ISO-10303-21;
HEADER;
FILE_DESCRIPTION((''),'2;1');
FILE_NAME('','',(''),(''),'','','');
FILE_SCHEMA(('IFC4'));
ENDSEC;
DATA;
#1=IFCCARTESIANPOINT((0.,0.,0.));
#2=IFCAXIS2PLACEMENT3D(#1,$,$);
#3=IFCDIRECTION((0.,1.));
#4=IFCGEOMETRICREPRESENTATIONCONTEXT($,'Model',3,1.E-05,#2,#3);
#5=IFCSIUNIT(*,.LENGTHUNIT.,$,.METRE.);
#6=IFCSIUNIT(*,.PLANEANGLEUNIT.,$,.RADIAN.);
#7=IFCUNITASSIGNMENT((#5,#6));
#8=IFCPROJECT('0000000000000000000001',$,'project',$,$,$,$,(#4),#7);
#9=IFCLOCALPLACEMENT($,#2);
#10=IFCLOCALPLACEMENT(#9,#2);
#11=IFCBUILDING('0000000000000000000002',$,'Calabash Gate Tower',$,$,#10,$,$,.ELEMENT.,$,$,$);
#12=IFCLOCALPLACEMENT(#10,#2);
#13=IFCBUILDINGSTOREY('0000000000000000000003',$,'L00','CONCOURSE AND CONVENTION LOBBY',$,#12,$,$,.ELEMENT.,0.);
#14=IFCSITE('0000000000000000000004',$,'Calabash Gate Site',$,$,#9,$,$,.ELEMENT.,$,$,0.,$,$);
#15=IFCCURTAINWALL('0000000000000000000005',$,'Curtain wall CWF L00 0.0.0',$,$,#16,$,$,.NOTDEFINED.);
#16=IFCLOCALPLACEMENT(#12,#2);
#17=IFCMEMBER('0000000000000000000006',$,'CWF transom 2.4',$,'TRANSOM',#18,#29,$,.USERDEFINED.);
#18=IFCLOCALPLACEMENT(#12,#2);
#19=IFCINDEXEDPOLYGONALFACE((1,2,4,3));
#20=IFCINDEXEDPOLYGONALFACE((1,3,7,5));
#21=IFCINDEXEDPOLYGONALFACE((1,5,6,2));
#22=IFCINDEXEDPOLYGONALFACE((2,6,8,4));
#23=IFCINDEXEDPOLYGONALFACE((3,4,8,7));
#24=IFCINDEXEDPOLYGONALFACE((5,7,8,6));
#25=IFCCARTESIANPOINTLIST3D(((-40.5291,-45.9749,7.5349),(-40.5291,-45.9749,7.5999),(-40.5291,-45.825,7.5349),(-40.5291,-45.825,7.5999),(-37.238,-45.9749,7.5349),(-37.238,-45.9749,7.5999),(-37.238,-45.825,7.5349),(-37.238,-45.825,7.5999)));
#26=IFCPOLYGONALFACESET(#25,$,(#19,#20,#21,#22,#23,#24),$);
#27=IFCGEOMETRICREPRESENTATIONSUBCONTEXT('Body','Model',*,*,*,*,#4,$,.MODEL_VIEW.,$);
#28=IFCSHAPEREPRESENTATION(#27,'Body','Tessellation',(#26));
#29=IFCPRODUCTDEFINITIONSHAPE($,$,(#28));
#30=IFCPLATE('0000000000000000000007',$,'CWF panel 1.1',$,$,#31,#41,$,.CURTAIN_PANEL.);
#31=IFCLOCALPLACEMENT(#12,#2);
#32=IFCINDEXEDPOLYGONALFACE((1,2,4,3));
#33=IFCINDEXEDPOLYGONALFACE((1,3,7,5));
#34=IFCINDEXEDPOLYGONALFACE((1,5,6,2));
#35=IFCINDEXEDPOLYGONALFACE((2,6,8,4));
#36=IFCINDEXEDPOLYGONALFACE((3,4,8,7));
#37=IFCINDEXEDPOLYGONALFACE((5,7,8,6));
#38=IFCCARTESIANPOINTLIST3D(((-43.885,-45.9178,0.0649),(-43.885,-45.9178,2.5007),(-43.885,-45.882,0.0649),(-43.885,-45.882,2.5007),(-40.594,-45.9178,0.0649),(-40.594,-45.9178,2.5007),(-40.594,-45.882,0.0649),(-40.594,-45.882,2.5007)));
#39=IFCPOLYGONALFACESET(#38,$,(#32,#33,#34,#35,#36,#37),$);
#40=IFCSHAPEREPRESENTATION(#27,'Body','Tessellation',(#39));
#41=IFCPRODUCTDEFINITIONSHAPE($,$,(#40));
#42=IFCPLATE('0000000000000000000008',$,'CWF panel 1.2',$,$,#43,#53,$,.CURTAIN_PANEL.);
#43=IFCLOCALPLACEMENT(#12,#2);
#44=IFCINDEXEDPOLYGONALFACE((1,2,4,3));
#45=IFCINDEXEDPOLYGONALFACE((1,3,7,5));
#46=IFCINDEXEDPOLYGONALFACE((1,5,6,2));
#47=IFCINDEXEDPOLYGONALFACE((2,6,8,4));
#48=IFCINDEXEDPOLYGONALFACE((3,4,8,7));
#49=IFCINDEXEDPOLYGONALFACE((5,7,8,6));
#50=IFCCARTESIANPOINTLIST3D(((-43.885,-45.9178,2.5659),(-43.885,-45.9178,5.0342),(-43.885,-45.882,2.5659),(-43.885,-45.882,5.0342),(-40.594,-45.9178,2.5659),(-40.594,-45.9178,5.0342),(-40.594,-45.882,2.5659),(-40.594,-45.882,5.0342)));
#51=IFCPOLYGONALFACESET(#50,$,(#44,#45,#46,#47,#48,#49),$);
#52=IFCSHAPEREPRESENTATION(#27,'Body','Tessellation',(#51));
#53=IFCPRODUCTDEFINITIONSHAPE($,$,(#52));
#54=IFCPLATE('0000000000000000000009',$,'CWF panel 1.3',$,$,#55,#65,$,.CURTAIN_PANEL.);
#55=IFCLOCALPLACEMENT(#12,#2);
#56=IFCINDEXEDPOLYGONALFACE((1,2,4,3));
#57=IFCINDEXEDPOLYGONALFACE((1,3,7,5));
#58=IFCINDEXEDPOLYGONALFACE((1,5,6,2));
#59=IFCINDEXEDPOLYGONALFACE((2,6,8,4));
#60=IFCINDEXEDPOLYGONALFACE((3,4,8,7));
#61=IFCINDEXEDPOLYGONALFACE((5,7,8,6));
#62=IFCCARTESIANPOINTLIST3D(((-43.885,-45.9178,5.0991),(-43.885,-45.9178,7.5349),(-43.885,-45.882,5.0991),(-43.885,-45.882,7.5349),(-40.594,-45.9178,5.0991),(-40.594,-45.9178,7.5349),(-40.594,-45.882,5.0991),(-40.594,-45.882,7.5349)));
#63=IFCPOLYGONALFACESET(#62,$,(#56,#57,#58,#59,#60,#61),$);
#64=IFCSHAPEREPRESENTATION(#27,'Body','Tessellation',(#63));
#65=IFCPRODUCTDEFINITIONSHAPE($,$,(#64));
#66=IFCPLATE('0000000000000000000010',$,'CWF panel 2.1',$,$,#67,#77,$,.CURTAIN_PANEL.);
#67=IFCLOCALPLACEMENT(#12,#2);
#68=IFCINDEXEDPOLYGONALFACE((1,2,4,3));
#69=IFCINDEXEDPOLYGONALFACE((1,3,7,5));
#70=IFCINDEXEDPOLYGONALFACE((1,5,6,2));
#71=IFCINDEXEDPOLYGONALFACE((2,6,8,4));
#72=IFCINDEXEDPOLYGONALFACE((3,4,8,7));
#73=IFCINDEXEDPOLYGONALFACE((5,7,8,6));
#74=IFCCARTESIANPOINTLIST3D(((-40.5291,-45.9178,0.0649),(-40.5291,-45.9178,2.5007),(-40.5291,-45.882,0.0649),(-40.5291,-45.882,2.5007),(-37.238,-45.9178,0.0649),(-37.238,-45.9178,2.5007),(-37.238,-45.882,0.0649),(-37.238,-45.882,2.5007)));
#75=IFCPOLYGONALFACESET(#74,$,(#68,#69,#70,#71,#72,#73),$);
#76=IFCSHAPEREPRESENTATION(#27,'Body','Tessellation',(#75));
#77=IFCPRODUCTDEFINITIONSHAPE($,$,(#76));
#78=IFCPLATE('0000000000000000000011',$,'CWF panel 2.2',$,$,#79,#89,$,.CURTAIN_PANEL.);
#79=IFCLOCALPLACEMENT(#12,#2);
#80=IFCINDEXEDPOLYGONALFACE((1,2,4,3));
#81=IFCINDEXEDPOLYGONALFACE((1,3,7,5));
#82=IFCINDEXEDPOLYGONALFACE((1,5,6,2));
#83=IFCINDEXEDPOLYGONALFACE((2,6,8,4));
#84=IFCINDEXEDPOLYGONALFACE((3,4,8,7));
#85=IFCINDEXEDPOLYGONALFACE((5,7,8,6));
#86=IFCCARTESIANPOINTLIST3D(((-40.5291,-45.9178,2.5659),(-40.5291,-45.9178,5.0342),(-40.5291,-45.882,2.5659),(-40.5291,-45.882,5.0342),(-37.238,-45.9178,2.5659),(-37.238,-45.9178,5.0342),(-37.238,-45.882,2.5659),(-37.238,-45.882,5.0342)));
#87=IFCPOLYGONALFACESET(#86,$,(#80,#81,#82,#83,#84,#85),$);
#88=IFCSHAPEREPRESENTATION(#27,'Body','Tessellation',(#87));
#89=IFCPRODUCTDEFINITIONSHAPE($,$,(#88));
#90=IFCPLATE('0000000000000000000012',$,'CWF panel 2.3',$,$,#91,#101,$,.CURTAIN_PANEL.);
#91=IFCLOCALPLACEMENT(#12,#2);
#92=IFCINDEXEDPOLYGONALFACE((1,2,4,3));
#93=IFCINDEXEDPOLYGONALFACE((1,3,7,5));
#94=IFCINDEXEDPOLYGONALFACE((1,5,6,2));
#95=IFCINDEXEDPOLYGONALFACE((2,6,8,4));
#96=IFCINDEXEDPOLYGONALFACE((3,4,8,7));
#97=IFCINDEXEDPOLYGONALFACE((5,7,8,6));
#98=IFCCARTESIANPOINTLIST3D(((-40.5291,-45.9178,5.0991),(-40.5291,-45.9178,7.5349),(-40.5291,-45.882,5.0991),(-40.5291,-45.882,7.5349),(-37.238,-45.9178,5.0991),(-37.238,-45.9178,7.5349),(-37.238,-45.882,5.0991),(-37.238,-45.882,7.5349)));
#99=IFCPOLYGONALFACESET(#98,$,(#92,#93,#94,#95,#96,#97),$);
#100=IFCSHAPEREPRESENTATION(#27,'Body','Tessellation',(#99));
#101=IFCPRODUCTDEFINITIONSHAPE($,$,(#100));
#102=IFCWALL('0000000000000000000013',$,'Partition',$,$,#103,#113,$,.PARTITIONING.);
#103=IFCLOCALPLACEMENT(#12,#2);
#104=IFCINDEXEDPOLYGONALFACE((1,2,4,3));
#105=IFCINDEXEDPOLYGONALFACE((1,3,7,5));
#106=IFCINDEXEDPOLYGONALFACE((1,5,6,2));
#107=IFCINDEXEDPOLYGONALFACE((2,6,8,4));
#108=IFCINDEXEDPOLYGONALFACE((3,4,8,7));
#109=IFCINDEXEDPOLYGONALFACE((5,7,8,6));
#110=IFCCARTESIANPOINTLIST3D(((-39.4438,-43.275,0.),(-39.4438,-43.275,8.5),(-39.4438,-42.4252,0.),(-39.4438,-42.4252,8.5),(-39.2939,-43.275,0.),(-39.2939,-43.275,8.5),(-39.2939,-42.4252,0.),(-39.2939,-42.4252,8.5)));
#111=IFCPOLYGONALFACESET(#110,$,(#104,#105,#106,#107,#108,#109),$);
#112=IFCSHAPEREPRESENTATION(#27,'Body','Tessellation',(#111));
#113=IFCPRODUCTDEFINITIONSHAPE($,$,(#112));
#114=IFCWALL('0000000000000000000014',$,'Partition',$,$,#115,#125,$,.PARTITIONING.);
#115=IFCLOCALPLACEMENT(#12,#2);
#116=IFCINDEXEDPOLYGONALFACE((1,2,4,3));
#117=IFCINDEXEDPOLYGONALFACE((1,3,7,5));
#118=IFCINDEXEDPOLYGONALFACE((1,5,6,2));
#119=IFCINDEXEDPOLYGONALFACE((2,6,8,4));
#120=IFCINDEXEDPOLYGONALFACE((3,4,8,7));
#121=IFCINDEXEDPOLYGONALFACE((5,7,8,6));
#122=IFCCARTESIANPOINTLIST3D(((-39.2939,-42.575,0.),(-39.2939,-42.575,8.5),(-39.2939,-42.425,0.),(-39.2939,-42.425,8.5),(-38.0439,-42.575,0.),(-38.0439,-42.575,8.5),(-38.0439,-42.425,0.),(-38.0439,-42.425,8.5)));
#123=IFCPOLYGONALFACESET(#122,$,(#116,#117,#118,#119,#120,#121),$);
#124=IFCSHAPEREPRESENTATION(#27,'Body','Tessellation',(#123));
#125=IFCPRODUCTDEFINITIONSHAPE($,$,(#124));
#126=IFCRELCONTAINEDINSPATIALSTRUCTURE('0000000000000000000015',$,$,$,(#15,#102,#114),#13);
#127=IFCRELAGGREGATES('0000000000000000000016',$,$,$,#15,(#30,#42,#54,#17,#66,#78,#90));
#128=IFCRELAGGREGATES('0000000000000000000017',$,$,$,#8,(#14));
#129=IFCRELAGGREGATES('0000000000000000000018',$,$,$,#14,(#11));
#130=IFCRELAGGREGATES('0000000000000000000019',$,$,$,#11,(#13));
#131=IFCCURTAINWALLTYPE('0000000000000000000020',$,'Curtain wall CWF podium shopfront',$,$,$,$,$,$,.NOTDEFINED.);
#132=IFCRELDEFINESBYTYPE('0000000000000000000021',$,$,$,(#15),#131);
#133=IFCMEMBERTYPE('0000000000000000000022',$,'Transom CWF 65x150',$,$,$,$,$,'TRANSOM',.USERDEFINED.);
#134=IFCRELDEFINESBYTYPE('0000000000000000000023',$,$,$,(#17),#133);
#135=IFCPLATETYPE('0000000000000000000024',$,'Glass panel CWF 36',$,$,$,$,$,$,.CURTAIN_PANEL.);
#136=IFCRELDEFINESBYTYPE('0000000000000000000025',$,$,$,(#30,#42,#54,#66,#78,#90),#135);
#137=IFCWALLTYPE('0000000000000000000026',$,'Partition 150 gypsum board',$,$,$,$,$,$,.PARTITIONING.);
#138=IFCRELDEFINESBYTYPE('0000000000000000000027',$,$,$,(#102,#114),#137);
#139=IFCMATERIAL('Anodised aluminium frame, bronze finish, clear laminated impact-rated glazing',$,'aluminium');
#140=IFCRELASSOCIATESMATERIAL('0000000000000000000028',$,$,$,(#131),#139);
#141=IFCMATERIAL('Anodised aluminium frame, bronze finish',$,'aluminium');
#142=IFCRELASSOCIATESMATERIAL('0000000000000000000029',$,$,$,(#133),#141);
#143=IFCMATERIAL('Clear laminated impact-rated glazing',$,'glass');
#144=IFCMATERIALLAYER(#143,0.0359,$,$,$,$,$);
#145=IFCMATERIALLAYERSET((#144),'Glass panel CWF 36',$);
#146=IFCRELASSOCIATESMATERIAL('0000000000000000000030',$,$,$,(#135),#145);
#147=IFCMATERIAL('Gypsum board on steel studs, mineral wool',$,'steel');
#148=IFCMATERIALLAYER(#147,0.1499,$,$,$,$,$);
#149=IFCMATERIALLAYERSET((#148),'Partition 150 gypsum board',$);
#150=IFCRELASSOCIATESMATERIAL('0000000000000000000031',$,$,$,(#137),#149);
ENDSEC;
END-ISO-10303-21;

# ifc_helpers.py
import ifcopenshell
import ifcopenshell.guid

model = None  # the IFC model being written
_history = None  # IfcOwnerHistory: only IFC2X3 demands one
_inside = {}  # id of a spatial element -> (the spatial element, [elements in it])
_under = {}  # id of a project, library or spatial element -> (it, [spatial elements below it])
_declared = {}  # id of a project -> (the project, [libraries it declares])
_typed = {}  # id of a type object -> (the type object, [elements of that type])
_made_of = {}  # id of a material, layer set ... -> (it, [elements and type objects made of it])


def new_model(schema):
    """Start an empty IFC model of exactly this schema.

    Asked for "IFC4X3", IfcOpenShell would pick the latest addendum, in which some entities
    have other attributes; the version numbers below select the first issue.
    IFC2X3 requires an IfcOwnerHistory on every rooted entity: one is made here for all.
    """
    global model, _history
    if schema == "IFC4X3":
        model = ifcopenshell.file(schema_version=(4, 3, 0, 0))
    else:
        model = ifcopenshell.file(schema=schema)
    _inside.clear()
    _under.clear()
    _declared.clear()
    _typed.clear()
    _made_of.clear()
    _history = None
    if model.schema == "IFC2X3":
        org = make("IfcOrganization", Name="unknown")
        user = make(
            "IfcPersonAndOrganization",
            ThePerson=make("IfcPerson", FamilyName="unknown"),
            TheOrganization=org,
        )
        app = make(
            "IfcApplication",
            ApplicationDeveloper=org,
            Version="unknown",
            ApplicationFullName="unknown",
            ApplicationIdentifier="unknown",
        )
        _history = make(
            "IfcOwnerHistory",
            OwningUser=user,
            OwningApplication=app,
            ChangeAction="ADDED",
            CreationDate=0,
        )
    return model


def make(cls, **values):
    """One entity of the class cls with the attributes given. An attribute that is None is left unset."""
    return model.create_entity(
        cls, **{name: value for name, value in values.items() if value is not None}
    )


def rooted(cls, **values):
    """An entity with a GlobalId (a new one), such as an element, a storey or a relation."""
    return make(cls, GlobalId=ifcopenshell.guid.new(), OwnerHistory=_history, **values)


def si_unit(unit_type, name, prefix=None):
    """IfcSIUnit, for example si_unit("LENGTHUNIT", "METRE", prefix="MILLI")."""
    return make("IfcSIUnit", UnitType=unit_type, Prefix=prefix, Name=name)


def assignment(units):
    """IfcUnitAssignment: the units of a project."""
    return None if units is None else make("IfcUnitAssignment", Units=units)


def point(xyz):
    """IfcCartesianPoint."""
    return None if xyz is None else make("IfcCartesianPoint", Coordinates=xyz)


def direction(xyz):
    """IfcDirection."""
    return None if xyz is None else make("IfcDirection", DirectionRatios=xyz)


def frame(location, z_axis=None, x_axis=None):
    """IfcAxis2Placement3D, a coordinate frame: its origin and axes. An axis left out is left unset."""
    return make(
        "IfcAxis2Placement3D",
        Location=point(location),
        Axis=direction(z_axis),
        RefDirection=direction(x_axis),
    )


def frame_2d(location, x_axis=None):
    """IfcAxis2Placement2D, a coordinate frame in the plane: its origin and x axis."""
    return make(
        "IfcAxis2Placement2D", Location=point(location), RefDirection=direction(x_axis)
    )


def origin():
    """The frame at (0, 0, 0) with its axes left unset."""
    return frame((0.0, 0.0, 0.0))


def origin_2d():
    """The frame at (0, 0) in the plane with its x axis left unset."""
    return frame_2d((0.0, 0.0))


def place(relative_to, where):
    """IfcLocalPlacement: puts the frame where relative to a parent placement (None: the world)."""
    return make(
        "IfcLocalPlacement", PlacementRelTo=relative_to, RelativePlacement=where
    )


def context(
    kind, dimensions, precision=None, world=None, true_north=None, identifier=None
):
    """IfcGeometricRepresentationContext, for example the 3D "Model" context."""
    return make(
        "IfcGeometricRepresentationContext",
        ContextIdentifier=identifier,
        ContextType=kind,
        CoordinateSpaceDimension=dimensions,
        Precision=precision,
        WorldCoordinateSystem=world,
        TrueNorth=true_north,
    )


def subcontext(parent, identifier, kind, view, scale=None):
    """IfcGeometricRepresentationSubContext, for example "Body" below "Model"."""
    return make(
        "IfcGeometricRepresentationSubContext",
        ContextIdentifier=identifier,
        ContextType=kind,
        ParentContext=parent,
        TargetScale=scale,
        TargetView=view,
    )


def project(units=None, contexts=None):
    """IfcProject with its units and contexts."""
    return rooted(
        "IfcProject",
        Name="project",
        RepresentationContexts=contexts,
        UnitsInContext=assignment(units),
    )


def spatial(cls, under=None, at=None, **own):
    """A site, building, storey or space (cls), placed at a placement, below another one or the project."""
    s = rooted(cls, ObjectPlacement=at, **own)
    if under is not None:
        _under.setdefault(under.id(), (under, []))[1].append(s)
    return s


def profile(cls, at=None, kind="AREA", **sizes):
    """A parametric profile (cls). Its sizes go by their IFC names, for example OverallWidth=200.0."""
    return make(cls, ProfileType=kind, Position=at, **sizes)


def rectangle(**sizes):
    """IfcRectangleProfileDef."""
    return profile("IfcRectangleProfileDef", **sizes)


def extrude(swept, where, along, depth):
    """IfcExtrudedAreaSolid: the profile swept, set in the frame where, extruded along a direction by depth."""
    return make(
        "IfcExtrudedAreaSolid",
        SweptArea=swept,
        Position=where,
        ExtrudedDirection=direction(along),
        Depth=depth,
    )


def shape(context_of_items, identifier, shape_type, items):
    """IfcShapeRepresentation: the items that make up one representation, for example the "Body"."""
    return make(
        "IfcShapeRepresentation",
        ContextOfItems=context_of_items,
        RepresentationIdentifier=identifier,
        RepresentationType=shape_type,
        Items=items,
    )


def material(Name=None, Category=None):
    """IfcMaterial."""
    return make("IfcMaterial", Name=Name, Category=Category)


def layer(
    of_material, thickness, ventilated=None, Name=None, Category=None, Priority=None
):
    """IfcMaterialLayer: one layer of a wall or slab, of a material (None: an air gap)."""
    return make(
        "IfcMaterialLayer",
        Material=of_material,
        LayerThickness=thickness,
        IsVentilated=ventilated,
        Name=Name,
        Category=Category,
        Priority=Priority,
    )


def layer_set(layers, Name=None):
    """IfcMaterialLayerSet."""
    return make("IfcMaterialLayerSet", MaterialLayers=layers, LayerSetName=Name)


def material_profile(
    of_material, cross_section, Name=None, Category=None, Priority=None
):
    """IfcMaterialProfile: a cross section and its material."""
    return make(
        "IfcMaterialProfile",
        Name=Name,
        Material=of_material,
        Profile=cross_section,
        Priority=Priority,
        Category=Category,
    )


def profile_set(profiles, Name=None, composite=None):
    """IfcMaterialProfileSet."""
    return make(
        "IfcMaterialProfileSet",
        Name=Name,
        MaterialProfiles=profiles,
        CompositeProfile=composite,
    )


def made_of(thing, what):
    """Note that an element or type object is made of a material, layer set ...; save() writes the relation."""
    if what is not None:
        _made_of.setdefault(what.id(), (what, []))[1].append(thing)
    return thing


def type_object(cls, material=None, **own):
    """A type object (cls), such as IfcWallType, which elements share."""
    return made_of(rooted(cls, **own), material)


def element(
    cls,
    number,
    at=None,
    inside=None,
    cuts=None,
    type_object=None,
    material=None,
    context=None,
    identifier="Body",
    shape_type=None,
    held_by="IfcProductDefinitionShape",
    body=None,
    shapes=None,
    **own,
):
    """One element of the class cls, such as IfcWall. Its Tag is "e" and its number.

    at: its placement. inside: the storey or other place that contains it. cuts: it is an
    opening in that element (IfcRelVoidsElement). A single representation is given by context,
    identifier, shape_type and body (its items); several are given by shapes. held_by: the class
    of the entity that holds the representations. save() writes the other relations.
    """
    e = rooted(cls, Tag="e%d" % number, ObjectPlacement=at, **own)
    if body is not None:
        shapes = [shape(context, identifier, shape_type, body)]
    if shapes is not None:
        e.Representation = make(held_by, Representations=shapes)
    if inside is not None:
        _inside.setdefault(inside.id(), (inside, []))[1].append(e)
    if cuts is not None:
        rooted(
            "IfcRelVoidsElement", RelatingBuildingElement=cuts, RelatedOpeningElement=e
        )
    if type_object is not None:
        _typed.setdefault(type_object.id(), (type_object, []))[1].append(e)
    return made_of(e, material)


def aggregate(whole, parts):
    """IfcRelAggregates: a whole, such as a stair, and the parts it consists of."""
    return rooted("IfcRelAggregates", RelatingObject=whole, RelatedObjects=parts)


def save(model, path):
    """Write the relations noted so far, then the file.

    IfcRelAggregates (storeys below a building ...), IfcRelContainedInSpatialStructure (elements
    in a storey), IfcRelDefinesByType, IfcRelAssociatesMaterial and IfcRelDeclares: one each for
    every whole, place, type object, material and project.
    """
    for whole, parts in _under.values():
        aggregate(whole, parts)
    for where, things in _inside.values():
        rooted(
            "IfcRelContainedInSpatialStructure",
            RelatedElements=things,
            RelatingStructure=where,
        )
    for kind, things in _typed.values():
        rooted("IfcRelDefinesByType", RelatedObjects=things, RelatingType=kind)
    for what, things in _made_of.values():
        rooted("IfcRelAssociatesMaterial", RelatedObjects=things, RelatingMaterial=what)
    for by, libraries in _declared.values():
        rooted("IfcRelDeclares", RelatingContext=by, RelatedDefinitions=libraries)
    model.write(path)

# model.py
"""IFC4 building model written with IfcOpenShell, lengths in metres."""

from ifc_helpers import new_model, si_unit, direction, frame, frame_2d, origin, origin_2d, place, context, subcontext, project, spatial, rectangle, extrude, material, layer, layer_set, material_profile, profile_set, type_object, element, aggregate, save


model = new_model("IFC4")

# Units and contexts
model_context = context("Model", 3, precision=1e-05, world=origin(), true_north=direction((0.0, 1.0)))
body_context = subcontext(model_context, "Body", "Model", "MODEL_VIEW")
ifc_project = project(units=[si_unit("LENGTHUNIT", "METRE"), si_unit("PLANEANGLEUNIT", "RADIAN")], contexts=[model_context])

# Site, building, storey
site_placement = place(None, origin())
site = spatial("IfcSite", under=ifc_project, at=site_placement, Name="Calabash Gate Site", CompositionType="ELEMENT", RefElevation=0.0)
building_placement = place(site_placement, origin())
building = spatial("IfcBuilding", under=site, at=building_placement, Name="Calabash Gate Tower", CompositionType="ELEMENT")
storey_placement = place(building_placement, origin())
storey = spatial("IfcBuildingStorey", under=building, at=storey_placement, Name="L00", Description="CONCOURSE AND CONVENTION LOBBY", CompositionType="ELEMENT", Elevation=0.0)

# Curtain wall
ifc_material_1 = material(Name="Anodised aluminium frame, bronze finish, clear laminated impact-rated glazing", Category="aluminium")
curtain_wall_type = type_object("IfcCurtainWallType", Name="Curtain wall CWF podium shopfront", PredefinedType="NOTDEFINED", material=ifc_material_1)
curtain_wall_placement = place(storey_placement, origin())
curtain_wall = element("IfcCurtainWall", 1, at=curtain_wall_placement, inside=storey, type_object=curtain_wall_type, Name="Curtain wall CWF L00 0.0.0", PredefinedType="NOTDEFINED")

# Member
ifc_material_2 = material(Name="Anodised aluminium frame, bronze finish", Category="aluminium")
ifc_material_profile_1 = material_profile(ifc_material_2, rectangle(XDim=0.1499, YDim=0.0649, at=origin_2d()))
ifc_profile_set_1 = profile_set([ifc_material_profile_1], Name="Anodised aluminium frame, bronze finish")
member_type_1 = type_object("IfcMemberType", Name="Transom CWF 65x150", ElementType="TRANSOM", PredefinedType="USERDEFINED", material=ifc_profile_set_1)
member_1_placement = place(storey_placement, frame((-40.5291, -45.8999, 7.5674), z_axis=(1.0, 0.0, 0.0), x_axis=(0.0, 1.0, 0.0)))
member_1 = element("IfcMember", 2, at=member_1_placement, type_object=member_type_1, Name="CWF transom 2.4", ObjectType="TRANSOM", PredefinedType="USERDEFINED", context=body_context, shape_type="SweptSolid", body=[
    extrude(rectangle(XDim=0.1499, YDim=0.0649, at=origin_2d()), origin(), (0.0, 0.0, 1.0), 3.291),
])

# Plates
ifc_material_3 = material(Name="Clear laminated impact-rated glazing", Category="glass")
ifc_layer_1 = layer(ifc_material_3, 0.0359)
ifc_layer_set_1 = layer_set([ifc_layer_1], Name="Glass panel CWF 36")
plate_type = type_object("IfcPlateType", Name="Glass panel CWF 36", PredefinedType="CURTAIN_PANEL", material=ifc_layer_set_1)
plate_1_placement = place(storey_placement, frame((-42.2395, -45.8999, 0.0649), z_axis=(0.0, 0.0, 1.0), x_axis=(1.0, 0.0, 0.0)))
plate_1 = element("IfcPlate", 3, at=plate_1_placement, type_object=plate_type, Name="CWF panel 1.1", PredefinedType="CURTAIN_PANEL", context=body_context, shape_type="SweptSolid", body=[
    extrude(rectangle(XDim=3.291, YDim=0.0359, at=origin_2d()), origin(), (0.0, 0.0, 1.0), 2.4358),
])
plate_2_placement = place(storey_placement, frame((-42.2395, -45.8999, 2.5659), z_axis=(0.0, 0.0, 1.0), x_axis=(1.0, 0.0, 0.0)))
plate_2 = element("IfcPlate", 4, at=plate_2_placement, type_object=plate_type, Name="CWF panel 1.2", PredefinedType="CURTAIN_PANEL", context=body_context, shape_type="SweptSolid", body=[
    extrude(rectangle(XDim=3.291, YDim=0.0359, at=origin_2d()), origin(), (0.0, 0.0, 1.0), 2.4683),
])
plate_3_placement = place(storey_placement, frame((-42.2395, -45.8999, 5.0991), z_axis=(0.0, 0.0, 1.0), x_axis=(1.0, 0.0, 0.0)))
plate_3 = element("IfcPlate", 5, at=plate_3_placement, type_object=plate_type, Name="CWF panel 1.3", PredefinedType="CURTAIN_PANEL", context=body_context, shape_type="SweptSolid", body=[
    extrude(rectangle(XDim=3.291, YDim=0.0359, at=origin_2d()), origin(), (0.0, 0.0, 1.0), 2.4358),
])
plate_4_placement = place(storey_placement, frame((-38.8835, -45.8999, 0.0649), z_axis=(0.0, 0.0, 1.0), x_axis=(1.0, 0.0, 0.0)))
plate_4 = element("IfcPlate", 6, at=plate_4_placement, type_object=plate_type, Name="CWF panel 2.1", PredefinedType="CURTAIN_PANEL", context=body_context, shape_type="SweptSolid", body=[
    extrude(rectangle(XDim=3.291, YDim=0.0359, at=origin_2d()), origin(), (0.0, 0.0, 1.0), 2.4358),
])
plate_5_placement = place(storey_placement, frame((-38.8835, -45.8999, 2.5659), z_axis=(0.0, 0.0, 1.0), x_axis=(1.0, 0.0, 0.0)))
plate_5 = element("IfcPlate", 7, at=plate_5_placement, type_object=plate_type, Name="CWF panel 2.2", PredefinedType="CURTAIN_PANEL", context=body_context, shape_type="SweptSolid", body=[
    extrude(rectangle(XDim=3.291, YDim=0.0359, at=origin_2d()), origin(), (0.0, 0.0, 1.0), 2.4683),
])
plate_6_placement = place(storey_placement, frame((-38.8835, -45.8999, 5.0991), z_axis=(0.0, 0.0, 1.0), x_axis=(1.0, 0.0, 0.0)))
plate_6 = element("IfcPlate", 8, at=plate_6_placement, type_object=plate_type, Name="CWF panel 2.3", PredefinedType="CURTAIN_PANEL", context=body_context, shape_type="SweptSolid", body=[
    extrude(rectangle(XDim=3.291, YDim=0.0359, at=origin_2d()), origin(), (0.0, 0.0, 1.0), 2.4358),
])
aggregate(curtain_wall, [plate_1, plate_2, plate_3, member_1, plate_4, plate_5, plate_6])

# Walls
ifc_material_4 = material(Name="Gypsum board on steel studs, mineral wool", Category="steel")
ifc_layer_2 = layer(ifc_material_4, 0.1499)
ifc_layer_set_2 = layer_set([ifc_layer_2], Name="Partition 150 gypsum board")
wall_type = type_object("IfcWallType", Name="Partition 150 gypsum board", PredefinedType="PARTITIONING", material=ifc_layer_set_2)
wall_1_placement = place(storey_placement, frame((-39.3689, -43.2749, 0.0), z_axis=(0.0, 0.0, 1.0), x_axis=(0.0, 1.0, 0.0)))
element("IfcWall", 9, at=wall_1_placement, inside=storey, type_object=wall_type, Name="Partition", PredefinedType="PARTITIONING", context=body_context, shape_type="SweptSolid", body=[
    extrude(rectangle(XDim=0.8499, YDim=0.1499, at=frame_2d((0.4248, 0.0))), origin(), (0.0, 0.0, 1.0), 8.5),
])
wall_2_placement = place(storey_placement, frame((-39.2939, -42.5, 0.0), z_axis=(0.0, 0.0, 1.0), x_axis=(1.0, 0.0, 0.0)))
element("IfcWall", 10, at=wall_2_placement, inside=storey, type_object=wall_type, Name="Partition", PredefinedType="PARTITIONING", context=body_context, shape_type="SweptSolid", body=[
    extrude(rectangle(XDim=1.25, YDim=0.1499, at=frame_2d((0.625, 0.0))), origin(), (0.0, 0.0, 1.0), 8.5),
])

save(model, "model.ifc")
